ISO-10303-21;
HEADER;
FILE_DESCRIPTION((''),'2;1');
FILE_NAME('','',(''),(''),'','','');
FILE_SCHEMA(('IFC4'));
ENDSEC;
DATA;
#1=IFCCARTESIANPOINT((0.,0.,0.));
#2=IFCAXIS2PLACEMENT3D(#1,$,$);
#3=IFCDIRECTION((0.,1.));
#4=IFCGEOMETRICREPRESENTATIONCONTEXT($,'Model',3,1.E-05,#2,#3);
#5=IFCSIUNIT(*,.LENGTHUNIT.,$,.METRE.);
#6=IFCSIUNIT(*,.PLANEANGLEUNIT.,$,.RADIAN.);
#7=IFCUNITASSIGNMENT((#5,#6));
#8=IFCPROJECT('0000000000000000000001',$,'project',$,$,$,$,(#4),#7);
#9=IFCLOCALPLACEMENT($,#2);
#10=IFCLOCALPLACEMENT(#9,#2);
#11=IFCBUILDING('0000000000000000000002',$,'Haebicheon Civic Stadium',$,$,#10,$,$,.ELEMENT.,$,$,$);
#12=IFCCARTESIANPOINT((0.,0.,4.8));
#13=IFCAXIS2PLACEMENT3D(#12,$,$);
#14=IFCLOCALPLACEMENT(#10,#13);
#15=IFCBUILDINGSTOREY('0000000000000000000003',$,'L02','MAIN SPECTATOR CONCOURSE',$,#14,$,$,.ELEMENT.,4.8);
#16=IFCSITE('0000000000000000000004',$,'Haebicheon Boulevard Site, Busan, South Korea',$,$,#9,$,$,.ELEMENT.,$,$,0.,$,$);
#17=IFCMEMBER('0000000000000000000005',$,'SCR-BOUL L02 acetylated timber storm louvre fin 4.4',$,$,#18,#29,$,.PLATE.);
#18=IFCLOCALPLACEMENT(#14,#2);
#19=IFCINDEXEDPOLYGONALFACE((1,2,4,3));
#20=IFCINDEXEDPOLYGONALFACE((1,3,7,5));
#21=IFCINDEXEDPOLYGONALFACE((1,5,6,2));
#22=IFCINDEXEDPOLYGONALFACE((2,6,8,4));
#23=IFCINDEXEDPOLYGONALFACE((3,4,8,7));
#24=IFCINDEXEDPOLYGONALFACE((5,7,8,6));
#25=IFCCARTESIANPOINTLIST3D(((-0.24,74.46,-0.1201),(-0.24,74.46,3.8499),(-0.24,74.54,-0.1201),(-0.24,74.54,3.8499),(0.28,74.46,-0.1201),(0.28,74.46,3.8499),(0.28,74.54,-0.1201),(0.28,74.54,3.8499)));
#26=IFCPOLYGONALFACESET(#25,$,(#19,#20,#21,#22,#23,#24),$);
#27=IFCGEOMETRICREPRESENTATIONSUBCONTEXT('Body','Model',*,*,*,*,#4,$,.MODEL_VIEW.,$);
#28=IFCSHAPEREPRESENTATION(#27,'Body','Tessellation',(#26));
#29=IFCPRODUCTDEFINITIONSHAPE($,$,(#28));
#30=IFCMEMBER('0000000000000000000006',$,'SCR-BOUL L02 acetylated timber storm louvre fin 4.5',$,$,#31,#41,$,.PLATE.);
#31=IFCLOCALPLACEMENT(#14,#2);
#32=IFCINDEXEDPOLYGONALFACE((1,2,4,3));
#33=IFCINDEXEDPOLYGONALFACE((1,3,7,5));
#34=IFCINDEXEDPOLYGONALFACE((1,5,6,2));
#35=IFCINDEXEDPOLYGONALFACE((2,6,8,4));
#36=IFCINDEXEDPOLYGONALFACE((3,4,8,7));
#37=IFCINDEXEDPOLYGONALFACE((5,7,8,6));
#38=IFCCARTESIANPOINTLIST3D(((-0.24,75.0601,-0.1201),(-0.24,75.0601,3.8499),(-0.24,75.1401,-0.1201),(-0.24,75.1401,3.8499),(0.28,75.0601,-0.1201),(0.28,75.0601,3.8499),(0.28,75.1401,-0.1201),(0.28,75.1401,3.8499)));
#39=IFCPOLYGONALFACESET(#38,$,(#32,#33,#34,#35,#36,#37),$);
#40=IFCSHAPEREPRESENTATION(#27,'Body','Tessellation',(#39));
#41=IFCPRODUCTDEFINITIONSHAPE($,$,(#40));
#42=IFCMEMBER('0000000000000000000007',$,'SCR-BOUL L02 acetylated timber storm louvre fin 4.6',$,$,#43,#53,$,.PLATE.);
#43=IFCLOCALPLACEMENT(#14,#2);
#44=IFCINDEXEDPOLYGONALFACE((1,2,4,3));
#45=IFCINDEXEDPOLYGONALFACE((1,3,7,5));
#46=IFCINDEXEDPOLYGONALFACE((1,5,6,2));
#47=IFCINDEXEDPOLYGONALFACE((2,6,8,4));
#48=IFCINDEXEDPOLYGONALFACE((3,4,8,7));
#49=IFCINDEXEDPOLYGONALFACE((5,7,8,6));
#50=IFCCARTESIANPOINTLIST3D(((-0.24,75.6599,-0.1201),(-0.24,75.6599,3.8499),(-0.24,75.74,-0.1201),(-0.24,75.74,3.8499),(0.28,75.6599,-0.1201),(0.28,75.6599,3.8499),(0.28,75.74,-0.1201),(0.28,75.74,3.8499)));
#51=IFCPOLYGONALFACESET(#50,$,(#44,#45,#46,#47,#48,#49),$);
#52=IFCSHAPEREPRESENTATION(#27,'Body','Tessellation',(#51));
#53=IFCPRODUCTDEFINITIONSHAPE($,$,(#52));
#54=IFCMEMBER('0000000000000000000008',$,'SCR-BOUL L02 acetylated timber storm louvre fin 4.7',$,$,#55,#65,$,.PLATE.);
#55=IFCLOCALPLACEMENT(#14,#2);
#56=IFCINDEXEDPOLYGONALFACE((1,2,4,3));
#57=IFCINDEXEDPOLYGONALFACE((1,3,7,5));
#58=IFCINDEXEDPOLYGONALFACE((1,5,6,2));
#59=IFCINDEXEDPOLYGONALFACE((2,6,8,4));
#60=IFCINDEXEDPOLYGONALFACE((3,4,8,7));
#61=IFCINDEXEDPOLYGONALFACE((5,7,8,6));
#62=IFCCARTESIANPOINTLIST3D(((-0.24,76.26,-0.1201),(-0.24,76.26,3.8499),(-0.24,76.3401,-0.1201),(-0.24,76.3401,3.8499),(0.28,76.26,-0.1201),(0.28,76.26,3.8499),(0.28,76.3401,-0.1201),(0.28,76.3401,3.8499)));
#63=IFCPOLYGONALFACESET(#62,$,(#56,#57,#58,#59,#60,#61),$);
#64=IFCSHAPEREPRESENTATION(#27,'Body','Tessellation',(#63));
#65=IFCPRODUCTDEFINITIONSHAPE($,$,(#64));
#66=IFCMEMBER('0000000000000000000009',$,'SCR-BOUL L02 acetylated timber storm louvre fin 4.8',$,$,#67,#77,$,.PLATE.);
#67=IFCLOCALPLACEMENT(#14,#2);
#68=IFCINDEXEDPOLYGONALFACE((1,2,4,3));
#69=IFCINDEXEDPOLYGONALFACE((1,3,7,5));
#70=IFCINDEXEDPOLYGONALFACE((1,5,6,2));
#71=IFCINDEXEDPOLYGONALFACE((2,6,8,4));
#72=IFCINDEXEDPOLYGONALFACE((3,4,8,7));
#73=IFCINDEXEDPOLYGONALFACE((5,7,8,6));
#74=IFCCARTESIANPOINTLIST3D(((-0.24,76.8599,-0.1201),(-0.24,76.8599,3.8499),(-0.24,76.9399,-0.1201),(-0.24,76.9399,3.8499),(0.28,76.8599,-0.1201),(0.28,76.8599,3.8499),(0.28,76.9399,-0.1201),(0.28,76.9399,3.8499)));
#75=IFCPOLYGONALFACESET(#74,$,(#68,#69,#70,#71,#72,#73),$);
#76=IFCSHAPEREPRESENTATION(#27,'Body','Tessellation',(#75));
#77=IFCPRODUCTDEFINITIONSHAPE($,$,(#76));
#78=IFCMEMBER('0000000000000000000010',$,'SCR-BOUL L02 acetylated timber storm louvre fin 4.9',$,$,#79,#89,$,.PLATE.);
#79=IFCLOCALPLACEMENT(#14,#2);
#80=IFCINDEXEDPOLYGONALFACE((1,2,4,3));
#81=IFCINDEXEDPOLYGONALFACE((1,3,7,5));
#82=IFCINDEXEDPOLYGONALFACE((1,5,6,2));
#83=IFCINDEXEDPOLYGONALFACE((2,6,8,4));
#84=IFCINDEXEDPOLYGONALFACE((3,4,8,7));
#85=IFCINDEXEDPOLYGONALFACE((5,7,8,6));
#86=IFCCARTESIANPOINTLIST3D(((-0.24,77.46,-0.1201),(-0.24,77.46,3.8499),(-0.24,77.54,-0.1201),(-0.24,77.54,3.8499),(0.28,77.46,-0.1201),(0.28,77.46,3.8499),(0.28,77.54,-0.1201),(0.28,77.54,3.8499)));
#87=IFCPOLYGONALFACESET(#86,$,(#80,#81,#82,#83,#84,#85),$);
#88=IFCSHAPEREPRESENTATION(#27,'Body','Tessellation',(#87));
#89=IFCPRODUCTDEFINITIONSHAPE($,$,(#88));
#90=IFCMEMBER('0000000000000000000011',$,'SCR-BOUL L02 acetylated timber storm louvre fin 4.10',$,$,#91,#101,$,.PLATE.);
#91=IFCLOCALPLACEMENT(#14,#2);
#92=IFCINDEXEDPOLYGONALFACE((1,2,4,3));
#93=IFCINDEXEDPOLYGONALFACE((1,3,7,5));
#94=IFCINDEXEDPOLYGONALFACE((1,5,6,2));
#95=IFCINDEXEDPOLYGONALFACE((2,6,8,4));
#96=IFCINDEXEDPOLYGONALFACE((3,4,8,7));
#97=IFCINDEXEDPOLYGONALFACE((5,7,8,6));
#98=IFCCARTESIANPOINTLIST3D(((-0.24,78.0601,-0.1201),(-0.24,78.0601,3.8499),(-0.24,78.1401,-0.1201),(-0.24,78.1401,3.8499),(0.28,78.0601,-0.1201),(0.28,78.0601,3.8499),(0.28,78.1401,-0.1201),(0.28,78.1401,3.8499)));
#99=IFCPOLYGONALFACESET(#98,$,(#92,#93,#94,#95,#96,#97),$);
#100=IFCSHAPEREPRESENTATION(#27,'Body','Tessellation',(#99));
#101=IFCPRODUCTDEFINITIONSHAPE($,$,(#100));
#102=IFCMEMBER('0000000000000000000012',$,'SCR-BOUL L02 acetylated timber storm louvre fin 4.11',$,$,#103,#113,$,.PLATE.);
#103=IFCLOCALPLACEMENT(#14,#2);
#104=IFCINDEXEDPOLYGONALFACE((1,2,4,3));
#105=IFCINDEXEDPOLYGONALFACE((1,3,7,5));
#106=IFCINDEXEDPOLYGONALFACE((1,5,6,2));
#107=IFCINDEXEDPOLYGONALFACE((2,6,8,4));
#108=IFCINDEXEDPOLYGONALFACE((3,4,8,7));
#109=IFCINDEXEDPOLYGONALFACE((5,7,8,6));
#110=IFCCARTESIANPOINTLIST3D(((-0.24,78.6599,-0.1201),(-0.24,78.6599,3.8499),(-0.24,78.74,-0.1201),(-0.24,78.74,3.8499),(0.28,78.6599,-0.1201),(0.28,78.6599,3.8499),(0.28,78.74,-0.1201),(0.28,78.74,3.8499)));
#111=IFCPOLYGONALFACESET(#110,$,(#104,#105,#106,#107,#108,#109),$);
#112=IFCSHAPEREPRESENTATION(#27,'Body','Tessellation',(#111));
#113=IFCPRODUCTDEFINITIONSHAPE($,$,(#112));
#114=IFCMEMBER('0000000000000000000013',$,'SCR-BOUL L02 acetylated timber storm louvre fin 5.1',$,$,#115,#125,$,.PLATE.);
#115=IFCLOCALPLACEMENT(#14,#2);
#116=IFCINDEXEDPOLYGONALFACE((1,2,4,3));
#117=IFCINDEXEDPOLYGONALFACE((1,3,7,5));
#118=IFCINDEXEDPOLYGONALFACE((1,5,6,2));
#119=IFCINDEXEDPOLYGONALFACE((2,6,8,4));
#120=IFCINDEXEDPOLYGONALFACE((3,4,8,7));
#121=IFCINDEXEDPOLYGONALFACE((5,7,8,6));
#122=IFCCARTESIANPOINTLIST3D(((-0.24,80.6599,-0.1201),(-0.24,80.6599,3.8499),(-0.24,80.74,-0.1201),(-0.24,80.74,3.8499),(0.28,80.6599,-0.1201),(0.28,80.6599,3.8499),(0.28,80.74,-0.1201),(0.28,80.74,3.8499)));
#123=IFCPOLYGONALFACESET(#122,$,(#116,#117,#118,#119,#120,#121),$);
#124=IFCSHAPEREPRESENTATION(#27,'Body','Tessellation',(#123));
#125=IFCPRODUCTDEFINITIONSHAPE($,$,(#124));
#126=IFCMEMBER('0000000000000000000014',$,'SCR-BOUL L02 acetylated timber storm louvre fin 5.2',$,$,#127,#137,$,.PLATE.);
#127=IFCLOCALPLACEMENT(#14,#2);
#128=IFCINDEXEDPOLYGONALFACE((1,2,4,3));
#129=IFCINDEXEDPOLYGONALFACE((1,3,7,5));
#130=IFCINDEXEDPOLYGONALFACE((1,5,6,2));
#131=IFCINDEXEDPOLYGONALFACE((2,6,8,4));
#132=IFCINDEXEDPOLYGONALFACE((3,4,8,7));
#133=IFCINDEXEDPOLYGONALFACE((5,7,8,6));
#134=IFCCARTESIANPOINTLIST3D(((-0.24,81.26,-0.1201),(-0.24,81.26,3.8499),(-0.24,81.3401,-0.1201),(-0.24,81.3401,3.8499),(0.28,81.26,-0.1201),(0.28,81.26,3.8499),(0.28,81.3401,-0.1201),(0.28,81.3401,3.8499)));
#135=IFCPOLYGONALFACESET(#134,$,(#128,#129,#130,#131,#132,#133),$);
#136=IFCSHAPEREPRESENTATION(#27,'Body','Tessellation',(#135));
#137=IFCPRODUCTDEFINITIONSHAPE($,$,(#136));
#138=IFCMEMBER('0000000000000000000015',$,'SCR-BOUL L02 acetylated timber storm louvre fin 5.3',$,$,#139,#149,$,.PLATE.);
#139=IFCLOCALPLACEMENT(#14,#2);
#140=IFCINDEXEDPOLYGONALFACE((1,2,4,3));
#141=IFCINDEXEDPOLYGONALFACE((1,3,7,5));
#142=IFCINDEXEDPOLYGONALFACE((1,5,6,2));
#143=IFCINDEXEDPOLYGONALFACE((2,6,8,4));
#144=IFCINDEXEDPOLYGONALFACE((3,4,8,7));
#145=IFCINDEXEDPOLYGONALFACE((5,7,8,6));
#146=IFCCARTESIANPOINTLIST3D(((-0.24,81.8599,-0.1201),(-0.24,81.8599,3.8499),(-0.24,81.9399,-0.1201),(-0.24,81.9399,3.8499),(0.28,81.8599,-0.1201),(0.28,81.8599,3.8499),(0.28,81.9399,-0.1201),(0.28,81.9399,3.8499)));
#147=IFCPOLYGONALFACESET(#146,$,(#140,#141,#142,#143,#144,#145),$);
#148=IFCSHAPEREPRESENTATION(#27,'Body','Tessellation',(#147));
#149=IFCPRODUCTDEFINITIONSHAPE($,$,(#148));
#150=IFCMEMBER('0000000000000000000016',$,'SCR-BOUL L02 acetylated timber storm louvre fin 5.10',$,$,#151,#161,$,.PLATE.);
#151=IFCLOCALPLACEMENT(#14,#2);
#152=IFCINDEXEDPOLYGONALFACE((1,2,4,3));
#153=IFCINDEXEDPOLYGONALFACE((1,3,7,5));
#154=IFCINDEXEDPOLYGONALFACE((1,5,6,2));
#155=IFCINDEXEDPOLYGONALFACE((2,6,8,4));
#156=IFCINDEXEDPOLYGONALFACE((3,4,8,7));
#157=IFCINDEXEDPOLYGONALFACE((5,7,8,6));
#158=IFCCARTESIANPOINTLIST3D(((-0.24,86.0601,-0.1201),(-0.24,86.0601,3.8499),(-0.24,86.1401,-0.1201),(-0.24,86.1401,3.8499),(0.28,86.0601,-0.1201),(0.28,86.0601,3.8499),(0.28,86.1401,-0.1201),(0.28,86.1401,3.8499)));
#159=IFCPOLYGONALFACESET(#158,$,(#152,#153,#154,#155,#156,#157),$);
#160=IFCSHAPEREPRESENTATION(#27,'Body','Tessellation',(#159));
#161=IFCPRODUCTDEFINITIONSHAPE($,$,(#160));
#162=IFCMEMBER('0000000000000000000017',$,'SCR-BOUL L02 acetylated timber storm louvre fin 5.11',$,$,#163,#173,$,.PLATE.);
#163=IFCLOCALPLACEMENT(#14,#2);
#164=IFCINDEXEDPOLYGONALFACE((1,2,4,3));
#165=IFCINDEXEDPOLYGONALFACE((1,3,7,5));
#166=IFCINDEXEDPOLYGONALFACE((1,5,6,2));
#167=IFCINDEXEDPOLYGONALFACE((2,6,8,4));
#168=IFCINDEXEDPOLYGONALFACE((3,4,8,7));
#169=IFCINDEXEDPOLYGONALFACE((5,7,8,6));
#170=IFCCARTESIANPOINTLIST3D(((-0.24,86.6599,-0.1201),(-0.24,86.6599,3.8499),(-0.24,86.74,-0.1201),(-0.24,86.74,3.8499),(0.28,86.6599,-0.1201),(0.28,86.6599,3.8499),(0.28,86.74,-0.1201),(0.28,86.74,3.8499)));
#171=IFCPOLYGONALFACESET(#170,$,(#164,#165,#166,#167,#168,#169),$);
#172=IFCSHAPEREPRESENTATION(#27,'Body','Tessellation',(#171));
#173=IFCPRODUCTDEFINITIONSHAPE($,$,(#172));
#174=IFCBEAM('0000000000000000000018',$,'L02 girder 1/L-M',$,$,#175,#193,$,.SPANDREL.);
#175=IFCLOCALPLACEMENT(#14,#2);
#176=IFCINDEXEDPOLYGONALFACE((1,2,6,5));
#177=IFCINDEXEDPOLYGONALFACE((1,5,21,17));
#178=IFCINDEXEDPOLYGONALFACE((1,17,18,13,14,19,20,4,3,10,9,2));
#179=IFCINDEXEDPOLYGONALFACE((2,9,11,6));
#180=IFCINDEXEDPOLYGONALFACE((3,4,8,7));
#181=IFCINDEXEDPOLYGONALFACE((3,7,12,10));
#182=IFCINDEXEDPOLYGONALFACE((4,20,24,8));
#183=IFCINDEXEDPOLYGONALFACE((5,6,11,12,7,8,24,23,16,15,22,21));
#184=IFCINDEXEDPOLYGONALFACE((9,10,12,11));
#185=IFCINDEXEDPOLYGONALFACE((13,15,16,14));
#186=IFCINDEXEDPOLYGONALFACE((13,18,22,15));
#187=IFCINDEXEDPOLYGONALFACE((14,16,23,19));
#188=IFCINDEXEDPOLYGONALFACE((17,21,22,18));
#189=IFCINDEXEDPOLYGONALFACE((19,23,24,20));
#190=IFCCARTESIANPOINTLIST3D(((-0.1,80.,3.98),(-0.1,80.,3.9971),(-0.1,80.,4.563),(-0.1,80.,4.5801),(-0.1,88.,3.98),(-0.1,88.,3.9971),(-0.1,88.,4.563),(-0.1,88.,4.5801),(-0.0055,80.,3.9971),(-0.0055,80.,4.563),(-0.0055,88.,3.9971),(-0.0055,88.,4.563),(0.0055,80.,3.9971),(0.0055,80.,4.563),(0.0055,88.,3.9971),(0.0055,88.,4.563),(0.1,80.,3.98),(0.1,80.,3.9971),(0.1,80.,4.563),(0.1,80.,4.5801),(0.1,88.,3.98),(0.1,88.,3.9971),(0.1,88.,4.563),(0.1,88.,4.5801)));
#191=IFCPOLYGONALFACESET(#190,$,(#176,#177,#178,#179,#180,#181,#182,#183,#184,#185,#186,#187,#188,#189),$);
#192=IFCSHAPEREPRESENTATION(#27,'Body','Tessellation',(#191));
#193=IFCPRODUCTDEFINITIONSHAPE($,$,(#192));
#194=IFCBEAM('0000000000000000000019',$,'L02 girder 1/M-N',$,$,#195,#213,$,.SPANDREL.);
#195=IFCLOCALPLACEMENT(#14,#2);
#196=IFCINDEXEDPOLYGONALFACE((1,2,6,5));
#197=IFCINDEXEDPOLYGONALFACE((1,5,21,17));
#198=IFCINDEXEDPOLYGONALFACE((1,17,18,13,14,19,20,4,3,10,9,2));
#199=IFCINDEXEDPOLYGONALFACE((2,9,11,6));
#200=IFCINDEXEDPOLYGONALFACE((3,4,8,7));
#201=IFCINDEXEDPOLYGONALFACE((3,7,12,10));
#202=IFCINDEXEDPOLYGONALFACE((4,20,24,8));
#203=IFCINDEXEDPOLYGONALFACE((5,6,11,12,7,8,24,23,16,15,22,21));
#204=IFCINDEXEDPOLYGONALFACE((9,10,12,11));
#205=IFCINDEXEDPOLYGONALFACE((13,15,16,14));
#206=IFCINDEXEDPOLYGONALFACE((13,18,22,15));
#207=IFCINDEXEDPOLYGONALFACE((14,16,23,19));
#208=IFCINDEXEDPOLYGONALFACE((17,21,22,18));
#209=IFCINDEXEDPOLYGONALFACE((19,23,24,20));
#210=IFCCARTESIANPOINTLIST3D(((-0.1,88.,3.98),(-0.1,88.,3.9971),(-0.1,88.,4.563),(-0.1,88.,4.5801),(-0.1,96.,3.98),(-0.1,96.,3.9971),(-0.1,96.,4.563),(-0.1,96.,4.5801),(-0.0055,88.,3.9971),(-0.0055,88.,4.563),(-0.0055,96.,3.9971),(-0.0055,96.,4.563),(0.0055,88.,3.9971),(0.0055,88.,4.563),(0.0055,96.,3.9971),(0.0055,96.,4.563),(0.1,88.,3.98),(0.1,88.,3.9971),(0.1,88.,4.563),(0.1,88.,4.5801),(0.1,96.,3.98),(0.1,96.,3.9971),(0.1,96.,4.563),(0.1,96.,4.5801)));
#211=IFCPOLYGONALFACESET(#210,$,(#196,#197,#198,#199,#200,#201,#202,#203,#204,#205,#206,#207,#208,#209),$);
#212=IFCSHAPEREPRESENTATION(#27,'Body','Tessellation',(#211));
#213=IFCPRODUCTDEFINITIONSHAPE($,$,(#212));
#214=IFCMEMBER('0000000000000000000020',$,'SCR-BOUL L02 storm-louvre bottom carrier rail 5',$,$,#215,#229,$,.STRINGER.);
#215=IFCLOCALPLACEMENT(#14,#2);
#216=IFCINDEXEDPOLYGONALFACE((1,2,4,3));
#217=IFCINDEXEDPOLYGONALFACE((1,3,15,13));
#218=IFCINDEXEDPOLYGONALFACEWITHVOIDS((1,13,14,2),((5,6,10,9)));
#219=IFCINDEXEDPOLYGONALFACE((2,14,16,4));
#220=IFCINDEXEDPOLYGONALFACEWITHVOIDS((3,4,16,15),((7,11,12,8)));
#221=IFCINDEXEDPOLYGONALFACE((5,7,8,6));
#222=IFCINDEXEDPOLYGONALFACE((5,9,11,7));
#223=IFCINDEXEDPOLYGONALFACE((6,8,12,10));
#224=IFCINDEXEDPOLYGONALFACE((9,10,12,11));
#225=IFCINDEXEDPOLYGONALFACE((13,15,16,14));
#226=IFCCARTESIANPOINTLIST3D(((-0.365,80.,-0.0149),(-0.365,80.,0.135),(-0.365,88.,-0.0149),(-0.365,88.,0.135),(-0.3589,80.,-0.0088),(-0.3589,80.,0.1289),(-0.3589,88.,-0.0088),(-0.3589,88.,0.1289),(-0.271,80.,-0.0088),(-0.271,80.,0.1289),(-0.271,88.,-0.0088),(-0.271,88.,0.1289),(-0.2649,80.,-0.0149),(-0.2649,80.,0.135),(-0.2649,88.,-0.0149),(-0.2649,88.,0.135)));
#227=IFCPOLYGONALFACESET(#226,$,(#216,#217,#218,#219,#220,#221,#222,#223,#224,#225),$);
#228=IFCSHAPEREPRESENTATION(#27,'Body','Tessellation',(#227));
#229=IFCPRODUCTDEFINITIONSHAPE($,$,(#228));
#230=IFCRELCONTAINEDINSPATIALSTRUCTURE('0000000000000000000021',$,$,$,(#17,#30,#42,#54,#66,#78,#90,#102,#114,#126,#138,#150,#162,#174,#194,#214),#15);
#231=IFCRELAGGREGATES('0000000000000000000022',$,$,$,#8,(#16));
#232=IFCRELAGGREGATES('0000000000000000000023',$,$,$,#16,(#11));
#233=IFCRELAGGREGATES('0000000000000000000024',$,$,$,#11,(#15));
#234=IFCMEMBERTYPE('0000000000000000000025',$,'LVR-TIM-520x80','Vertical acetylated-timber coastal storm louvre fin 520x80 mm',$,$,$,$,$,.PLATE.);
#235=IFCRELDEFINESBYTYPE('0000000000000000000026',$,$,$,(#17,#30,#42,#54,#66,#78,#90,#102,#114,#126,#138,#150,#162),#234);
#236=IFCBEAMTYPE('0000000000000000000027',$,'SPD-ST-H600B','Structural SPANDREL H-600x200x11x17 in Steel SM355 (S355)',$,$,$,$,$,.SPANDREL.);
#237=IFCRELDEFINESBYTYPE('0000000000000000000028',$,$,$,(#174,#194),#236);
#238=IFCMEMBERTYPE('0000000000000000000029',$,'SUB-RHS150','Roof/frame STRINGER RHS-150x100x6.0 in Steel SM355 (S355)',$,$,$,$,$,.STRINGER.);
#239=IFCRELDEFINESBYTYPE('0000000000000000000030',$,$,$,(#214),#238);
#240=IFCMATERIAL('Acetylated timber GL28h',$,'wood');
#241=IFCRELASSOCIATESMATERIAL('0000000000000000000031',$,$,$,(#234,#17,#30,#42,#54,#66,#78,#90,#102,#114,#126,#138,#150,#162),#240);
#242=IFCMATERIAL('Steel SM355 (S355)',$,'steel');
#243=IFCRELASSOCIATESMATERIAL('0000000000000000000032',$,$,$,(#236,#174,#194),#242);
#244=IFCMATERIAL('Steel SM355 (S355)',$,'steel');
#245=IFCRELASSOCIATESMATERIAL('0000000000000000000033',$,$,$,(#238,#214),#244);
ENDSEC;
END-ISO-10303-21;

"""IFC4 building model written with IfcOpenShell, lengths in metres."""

from ifc_helpers import new_model, si_unit, direction, frame, origin, origin_2d, place, context, subcontext, project, spatial, rectangle, hollow_rectangle, i_section, extrude, material, material_profile, profile_set, type_object, element, save


model = new_model("IFC4")

# Units and contexts
model_context = context("Model", 3, precision=1e-05, world=origin(), true_north=direction((0.0, 1.0)))
body_context = subcontext(model_context, "Body", "Model", "MODEL_VIEW")
ifc_project = project(units=[si_unit("LENGTHUNIT", "METRE"), si_unit("PLANEANGLEUNIT", "RADIAN")], contexts=[model_context])

# Site, building, storey
site_placement = place(None, origin())
site = spatial("IfcSite", under=ifc_project, at=site_placement, Name="Haebicheon Boulevard Site, Busan, South Korea", CompositionType="ELEMENT", RefElevation=0.0)
building_placement = place(site_placement, origin())
building = spatial("IfcBuilding", under=site, at=building_placement, Name="Haebicheon Civic Stadium", CompositionType="ELEMENT")
storey_placement = place(building_placement, frame((0.0, 0.0, 4.8)))
storey = spatial("IfcBuildingStorey", under=building, at=storey_placement, Name="L02", Description="MAIN SPECTATOR CONCOURSE", CompositionType="ELEMENT", Elevation=4.8)

# Members
ifc_material_1 = material(Name="Acetylated timber GL28h", Category="wood")
ifc_material_profile_1 = material_profile(ifc_material_1, rectangle(XDim=0.0801, YDim=0.52, at=origin_2d()), Name="TMB-LOUV-80x520")
ifc_profile_set_1 = profile_set([ifc_material_profile_1], Name="Acetylated timber GL28h")
member_type_1 = type_object("IfcMemberType", Name="LVR-TIM-520x80", Description="Vertical acetylated-timber coastal storm louvre fin 520x80 mm", PredefinedType="PLATE", material=ifc_profile_set_1)
for number, where, z_axis, x_axis, name in (
    (1, (0.02, 74.5, -0.1201), (0.0, 0.0, 1.0), (0.0, 1.0, 0.0), "SCR-BOUL L02 acetylated timber storm louvre fin 4.4"),
    (2, (0.02, 75.1001, -0.1201), (0.0, 0.0, 1.0), (0.0, 1.0, 0.0), "SCR-BOUL L02 acetylated timber storm louvre fin 4.5"),
    (3, (0.02, 75.7, -0.1201), (0.0, 0.0, 1.0), (0.0, 1.0, 0.0), "SCR-BOUL L02 acetylated timber storm louvre fin 4.6"),
    (4, (0.02, 76.3, -0.1201), (0.0, 0.0, 1.0), (0.0, 1.0, 0.0), "SCR-BOUL L02 acetylated timber storm louvre fin 4.7"),
    (5, (0.02, 76.8999, -0.1201), (0.0, 0.0, 1.0), (0.0, 1.0, 0.0), "SCR-BOUL L02 acetylated timber storm louvre fin 4.8"),
    (6, (0.02, 77.5, -0.1201), (0.0, 0.0, 1.0), (0.0, 1.0, 0.0), "SCR-BOUL L02 acetylated timber storm louvre fin 4.9"),
    (7, (0.02, 78.1001, -0.1201), (0.0, 0.0, 1.0), (0.0, 1.0, 0.0), "SCR-BOUL L02 acetylated timber storm louvre fin 4.10"),
    (8, (0.02, 78.7, -0.1201), (0.0, 0.0, 1.0), (0.0, 1.0, 0.0), "SCR-BOUL L02 acetylated timber storm louvre fin 4.11"),
    (9, (0.02, 80.7, -0.1201), (0.0, 0.0, 1.0), (0.0, 1.0, 0.0), "SCR-BOUL L02 acetylated timber storm louvre fin 5.1"),
    (10, (0.02, 81.3, -0.1201), (0.0, 0.0, 1.0), (0.0, 1.0, 0.0), "SCR-BOUL L02 acetylated timber storm louvre fin 5.2"),
    (11, (0.02, 81.8999, -0.1201), (0.0, 0.0, 1.0), (0.0, 1.0, 0.0), "SCR-BOUL L02 acetylated timber storm louvre fin 5.3"),
    (12, (0.02, 86.1001, -0.1201), (0.0, 0.0, 1.0), (0.0, 1.0, 0.0), "SCR-BOUL L02 acetylated timber storm louvre fin 5.10"),
    (13, (0.02, 86.7, -0.1201), (0.0, 0.0, 1.0), (0.0, 1.0, 0.0), "SCR-BOUL L02 acetylated timber storm louvre fin 5.11"),
):
    element("IfcMember", number, at=place(storey_placement, frame(where, z_axis=z_axis, x_axis=x_axis)), inside=storey, type_object=member_type_1, material=ifc_profile_set_1, Name=name, PredefinedType="PLATE", context=body_context, shape_type="SweptSolid", body=[
        extrude(rectangle(XDim=0.0801, YDim=0.52, at=origin_2d()), origin(), (0.0, 0.0, 1.0), 3.97),
    ])

# Beams
ifc_material_2 = material(Name="Steel SM355 (S355)", Category="steel")
ifc_material_profile_2 = material_profile(ifc_material_2, i_section(OverallWidth=0.2, OverallDepth=0.6001, WebThickness=0.011, FlangeThickness=0.0171, at=origin_2d()), Name="H-600x200x11x17")
ifc_profile_set_2 = profile_set([ifc_material_profile_2], Name="Steel SM355 (S355)")
beam_type_1 = type_object("IfcBeamType", Name="SPD-ST-H600B", Description="Structural SPANDREL H-600x200x11x17 in Steel SM355 (S355)", PredefinedType="SPANDREL", material=ifc_profile_set_2)
for number, where, z_axis, x_axis, name in (
    (14, (0.0, 80.0, 4.28), (0.0, 1.0, 0.0), (-1.0, 0.0, 0.0), "L02 girder 1/L-M"),
    (15, (0.0, 88.0, 4.28), (0.0, 1.0, 0.0), (-1.0, 0.0, 0.0), "L02 girder 1/M-N"),
):
    element("IfcBeam", number, at=place(storey_placement, frame(where, z_axis=z_axis, x_axis=x_axis)), inside=storey, type_object=beam_type_1, material=ifc_profile_set_2, Name=name, PredefinedType="SPANDREL", context=body_context, shape_type="SweptSolid", body=[
        extrude(i_section(OverallWidth=0.2, OverallDepth=0.6001, WebThickness=0.011, FlangeThickness=0.0171, at=origin_2d()), origin(), (0.0, 0.0, 1.0), 8.0),
    ])

# Member
ifc_material_3 = material(Name="Steel SM355 (S355)", Category="steel")
ifc_material_profile_3 = material_profile(ifc_material_3, hollow_rectangle(XDim=0.1001, YDim=0.1499, WallThickness=0.0061, at=origin_2d()), Name="RHS-150x100x6.0")
ifc_profile_set_3 = profile_set([ifc_material_profile_3], Name="Steel SM355 (S355)")
member_type_2 = type_object("IfcMemberType", Name="SUB-RHS150", Description="Roof/frame STRINGER RHS-150x100x6.0 in Steel SM355 (S355)", PredefinedType="STRINGER", material=ifc_profile_set_3)
for number, where, z_axis, x_axis, name in (
    (16, (-0.3149, 80.0, 0.0601), (0.0, 1.0, 0.0), (-1.0, 0.0, 0.0), "SCR-BOUL L02 storm-louvre bottom carrier rail 5"),
):
    element("IfcMember", number, at=place(storey_placement, frame(where, z_axis=z_axis, x_axis=x_axis)), inside=storey, type_object=member_type_2, material=ifc_profile_set_3, Name=name, PredefinedType="STRINGER", context=body_context, shape_type="SweptSolid", body=[
        extrude(hollow_rectangle(XDim=0.1001, YDim=0.1499, WallThickness=0.0061, at=origin_2d()), origin(), (0.0, 0.0, 1.0), 8.0),
    ])

save(model, "model.ifc")
